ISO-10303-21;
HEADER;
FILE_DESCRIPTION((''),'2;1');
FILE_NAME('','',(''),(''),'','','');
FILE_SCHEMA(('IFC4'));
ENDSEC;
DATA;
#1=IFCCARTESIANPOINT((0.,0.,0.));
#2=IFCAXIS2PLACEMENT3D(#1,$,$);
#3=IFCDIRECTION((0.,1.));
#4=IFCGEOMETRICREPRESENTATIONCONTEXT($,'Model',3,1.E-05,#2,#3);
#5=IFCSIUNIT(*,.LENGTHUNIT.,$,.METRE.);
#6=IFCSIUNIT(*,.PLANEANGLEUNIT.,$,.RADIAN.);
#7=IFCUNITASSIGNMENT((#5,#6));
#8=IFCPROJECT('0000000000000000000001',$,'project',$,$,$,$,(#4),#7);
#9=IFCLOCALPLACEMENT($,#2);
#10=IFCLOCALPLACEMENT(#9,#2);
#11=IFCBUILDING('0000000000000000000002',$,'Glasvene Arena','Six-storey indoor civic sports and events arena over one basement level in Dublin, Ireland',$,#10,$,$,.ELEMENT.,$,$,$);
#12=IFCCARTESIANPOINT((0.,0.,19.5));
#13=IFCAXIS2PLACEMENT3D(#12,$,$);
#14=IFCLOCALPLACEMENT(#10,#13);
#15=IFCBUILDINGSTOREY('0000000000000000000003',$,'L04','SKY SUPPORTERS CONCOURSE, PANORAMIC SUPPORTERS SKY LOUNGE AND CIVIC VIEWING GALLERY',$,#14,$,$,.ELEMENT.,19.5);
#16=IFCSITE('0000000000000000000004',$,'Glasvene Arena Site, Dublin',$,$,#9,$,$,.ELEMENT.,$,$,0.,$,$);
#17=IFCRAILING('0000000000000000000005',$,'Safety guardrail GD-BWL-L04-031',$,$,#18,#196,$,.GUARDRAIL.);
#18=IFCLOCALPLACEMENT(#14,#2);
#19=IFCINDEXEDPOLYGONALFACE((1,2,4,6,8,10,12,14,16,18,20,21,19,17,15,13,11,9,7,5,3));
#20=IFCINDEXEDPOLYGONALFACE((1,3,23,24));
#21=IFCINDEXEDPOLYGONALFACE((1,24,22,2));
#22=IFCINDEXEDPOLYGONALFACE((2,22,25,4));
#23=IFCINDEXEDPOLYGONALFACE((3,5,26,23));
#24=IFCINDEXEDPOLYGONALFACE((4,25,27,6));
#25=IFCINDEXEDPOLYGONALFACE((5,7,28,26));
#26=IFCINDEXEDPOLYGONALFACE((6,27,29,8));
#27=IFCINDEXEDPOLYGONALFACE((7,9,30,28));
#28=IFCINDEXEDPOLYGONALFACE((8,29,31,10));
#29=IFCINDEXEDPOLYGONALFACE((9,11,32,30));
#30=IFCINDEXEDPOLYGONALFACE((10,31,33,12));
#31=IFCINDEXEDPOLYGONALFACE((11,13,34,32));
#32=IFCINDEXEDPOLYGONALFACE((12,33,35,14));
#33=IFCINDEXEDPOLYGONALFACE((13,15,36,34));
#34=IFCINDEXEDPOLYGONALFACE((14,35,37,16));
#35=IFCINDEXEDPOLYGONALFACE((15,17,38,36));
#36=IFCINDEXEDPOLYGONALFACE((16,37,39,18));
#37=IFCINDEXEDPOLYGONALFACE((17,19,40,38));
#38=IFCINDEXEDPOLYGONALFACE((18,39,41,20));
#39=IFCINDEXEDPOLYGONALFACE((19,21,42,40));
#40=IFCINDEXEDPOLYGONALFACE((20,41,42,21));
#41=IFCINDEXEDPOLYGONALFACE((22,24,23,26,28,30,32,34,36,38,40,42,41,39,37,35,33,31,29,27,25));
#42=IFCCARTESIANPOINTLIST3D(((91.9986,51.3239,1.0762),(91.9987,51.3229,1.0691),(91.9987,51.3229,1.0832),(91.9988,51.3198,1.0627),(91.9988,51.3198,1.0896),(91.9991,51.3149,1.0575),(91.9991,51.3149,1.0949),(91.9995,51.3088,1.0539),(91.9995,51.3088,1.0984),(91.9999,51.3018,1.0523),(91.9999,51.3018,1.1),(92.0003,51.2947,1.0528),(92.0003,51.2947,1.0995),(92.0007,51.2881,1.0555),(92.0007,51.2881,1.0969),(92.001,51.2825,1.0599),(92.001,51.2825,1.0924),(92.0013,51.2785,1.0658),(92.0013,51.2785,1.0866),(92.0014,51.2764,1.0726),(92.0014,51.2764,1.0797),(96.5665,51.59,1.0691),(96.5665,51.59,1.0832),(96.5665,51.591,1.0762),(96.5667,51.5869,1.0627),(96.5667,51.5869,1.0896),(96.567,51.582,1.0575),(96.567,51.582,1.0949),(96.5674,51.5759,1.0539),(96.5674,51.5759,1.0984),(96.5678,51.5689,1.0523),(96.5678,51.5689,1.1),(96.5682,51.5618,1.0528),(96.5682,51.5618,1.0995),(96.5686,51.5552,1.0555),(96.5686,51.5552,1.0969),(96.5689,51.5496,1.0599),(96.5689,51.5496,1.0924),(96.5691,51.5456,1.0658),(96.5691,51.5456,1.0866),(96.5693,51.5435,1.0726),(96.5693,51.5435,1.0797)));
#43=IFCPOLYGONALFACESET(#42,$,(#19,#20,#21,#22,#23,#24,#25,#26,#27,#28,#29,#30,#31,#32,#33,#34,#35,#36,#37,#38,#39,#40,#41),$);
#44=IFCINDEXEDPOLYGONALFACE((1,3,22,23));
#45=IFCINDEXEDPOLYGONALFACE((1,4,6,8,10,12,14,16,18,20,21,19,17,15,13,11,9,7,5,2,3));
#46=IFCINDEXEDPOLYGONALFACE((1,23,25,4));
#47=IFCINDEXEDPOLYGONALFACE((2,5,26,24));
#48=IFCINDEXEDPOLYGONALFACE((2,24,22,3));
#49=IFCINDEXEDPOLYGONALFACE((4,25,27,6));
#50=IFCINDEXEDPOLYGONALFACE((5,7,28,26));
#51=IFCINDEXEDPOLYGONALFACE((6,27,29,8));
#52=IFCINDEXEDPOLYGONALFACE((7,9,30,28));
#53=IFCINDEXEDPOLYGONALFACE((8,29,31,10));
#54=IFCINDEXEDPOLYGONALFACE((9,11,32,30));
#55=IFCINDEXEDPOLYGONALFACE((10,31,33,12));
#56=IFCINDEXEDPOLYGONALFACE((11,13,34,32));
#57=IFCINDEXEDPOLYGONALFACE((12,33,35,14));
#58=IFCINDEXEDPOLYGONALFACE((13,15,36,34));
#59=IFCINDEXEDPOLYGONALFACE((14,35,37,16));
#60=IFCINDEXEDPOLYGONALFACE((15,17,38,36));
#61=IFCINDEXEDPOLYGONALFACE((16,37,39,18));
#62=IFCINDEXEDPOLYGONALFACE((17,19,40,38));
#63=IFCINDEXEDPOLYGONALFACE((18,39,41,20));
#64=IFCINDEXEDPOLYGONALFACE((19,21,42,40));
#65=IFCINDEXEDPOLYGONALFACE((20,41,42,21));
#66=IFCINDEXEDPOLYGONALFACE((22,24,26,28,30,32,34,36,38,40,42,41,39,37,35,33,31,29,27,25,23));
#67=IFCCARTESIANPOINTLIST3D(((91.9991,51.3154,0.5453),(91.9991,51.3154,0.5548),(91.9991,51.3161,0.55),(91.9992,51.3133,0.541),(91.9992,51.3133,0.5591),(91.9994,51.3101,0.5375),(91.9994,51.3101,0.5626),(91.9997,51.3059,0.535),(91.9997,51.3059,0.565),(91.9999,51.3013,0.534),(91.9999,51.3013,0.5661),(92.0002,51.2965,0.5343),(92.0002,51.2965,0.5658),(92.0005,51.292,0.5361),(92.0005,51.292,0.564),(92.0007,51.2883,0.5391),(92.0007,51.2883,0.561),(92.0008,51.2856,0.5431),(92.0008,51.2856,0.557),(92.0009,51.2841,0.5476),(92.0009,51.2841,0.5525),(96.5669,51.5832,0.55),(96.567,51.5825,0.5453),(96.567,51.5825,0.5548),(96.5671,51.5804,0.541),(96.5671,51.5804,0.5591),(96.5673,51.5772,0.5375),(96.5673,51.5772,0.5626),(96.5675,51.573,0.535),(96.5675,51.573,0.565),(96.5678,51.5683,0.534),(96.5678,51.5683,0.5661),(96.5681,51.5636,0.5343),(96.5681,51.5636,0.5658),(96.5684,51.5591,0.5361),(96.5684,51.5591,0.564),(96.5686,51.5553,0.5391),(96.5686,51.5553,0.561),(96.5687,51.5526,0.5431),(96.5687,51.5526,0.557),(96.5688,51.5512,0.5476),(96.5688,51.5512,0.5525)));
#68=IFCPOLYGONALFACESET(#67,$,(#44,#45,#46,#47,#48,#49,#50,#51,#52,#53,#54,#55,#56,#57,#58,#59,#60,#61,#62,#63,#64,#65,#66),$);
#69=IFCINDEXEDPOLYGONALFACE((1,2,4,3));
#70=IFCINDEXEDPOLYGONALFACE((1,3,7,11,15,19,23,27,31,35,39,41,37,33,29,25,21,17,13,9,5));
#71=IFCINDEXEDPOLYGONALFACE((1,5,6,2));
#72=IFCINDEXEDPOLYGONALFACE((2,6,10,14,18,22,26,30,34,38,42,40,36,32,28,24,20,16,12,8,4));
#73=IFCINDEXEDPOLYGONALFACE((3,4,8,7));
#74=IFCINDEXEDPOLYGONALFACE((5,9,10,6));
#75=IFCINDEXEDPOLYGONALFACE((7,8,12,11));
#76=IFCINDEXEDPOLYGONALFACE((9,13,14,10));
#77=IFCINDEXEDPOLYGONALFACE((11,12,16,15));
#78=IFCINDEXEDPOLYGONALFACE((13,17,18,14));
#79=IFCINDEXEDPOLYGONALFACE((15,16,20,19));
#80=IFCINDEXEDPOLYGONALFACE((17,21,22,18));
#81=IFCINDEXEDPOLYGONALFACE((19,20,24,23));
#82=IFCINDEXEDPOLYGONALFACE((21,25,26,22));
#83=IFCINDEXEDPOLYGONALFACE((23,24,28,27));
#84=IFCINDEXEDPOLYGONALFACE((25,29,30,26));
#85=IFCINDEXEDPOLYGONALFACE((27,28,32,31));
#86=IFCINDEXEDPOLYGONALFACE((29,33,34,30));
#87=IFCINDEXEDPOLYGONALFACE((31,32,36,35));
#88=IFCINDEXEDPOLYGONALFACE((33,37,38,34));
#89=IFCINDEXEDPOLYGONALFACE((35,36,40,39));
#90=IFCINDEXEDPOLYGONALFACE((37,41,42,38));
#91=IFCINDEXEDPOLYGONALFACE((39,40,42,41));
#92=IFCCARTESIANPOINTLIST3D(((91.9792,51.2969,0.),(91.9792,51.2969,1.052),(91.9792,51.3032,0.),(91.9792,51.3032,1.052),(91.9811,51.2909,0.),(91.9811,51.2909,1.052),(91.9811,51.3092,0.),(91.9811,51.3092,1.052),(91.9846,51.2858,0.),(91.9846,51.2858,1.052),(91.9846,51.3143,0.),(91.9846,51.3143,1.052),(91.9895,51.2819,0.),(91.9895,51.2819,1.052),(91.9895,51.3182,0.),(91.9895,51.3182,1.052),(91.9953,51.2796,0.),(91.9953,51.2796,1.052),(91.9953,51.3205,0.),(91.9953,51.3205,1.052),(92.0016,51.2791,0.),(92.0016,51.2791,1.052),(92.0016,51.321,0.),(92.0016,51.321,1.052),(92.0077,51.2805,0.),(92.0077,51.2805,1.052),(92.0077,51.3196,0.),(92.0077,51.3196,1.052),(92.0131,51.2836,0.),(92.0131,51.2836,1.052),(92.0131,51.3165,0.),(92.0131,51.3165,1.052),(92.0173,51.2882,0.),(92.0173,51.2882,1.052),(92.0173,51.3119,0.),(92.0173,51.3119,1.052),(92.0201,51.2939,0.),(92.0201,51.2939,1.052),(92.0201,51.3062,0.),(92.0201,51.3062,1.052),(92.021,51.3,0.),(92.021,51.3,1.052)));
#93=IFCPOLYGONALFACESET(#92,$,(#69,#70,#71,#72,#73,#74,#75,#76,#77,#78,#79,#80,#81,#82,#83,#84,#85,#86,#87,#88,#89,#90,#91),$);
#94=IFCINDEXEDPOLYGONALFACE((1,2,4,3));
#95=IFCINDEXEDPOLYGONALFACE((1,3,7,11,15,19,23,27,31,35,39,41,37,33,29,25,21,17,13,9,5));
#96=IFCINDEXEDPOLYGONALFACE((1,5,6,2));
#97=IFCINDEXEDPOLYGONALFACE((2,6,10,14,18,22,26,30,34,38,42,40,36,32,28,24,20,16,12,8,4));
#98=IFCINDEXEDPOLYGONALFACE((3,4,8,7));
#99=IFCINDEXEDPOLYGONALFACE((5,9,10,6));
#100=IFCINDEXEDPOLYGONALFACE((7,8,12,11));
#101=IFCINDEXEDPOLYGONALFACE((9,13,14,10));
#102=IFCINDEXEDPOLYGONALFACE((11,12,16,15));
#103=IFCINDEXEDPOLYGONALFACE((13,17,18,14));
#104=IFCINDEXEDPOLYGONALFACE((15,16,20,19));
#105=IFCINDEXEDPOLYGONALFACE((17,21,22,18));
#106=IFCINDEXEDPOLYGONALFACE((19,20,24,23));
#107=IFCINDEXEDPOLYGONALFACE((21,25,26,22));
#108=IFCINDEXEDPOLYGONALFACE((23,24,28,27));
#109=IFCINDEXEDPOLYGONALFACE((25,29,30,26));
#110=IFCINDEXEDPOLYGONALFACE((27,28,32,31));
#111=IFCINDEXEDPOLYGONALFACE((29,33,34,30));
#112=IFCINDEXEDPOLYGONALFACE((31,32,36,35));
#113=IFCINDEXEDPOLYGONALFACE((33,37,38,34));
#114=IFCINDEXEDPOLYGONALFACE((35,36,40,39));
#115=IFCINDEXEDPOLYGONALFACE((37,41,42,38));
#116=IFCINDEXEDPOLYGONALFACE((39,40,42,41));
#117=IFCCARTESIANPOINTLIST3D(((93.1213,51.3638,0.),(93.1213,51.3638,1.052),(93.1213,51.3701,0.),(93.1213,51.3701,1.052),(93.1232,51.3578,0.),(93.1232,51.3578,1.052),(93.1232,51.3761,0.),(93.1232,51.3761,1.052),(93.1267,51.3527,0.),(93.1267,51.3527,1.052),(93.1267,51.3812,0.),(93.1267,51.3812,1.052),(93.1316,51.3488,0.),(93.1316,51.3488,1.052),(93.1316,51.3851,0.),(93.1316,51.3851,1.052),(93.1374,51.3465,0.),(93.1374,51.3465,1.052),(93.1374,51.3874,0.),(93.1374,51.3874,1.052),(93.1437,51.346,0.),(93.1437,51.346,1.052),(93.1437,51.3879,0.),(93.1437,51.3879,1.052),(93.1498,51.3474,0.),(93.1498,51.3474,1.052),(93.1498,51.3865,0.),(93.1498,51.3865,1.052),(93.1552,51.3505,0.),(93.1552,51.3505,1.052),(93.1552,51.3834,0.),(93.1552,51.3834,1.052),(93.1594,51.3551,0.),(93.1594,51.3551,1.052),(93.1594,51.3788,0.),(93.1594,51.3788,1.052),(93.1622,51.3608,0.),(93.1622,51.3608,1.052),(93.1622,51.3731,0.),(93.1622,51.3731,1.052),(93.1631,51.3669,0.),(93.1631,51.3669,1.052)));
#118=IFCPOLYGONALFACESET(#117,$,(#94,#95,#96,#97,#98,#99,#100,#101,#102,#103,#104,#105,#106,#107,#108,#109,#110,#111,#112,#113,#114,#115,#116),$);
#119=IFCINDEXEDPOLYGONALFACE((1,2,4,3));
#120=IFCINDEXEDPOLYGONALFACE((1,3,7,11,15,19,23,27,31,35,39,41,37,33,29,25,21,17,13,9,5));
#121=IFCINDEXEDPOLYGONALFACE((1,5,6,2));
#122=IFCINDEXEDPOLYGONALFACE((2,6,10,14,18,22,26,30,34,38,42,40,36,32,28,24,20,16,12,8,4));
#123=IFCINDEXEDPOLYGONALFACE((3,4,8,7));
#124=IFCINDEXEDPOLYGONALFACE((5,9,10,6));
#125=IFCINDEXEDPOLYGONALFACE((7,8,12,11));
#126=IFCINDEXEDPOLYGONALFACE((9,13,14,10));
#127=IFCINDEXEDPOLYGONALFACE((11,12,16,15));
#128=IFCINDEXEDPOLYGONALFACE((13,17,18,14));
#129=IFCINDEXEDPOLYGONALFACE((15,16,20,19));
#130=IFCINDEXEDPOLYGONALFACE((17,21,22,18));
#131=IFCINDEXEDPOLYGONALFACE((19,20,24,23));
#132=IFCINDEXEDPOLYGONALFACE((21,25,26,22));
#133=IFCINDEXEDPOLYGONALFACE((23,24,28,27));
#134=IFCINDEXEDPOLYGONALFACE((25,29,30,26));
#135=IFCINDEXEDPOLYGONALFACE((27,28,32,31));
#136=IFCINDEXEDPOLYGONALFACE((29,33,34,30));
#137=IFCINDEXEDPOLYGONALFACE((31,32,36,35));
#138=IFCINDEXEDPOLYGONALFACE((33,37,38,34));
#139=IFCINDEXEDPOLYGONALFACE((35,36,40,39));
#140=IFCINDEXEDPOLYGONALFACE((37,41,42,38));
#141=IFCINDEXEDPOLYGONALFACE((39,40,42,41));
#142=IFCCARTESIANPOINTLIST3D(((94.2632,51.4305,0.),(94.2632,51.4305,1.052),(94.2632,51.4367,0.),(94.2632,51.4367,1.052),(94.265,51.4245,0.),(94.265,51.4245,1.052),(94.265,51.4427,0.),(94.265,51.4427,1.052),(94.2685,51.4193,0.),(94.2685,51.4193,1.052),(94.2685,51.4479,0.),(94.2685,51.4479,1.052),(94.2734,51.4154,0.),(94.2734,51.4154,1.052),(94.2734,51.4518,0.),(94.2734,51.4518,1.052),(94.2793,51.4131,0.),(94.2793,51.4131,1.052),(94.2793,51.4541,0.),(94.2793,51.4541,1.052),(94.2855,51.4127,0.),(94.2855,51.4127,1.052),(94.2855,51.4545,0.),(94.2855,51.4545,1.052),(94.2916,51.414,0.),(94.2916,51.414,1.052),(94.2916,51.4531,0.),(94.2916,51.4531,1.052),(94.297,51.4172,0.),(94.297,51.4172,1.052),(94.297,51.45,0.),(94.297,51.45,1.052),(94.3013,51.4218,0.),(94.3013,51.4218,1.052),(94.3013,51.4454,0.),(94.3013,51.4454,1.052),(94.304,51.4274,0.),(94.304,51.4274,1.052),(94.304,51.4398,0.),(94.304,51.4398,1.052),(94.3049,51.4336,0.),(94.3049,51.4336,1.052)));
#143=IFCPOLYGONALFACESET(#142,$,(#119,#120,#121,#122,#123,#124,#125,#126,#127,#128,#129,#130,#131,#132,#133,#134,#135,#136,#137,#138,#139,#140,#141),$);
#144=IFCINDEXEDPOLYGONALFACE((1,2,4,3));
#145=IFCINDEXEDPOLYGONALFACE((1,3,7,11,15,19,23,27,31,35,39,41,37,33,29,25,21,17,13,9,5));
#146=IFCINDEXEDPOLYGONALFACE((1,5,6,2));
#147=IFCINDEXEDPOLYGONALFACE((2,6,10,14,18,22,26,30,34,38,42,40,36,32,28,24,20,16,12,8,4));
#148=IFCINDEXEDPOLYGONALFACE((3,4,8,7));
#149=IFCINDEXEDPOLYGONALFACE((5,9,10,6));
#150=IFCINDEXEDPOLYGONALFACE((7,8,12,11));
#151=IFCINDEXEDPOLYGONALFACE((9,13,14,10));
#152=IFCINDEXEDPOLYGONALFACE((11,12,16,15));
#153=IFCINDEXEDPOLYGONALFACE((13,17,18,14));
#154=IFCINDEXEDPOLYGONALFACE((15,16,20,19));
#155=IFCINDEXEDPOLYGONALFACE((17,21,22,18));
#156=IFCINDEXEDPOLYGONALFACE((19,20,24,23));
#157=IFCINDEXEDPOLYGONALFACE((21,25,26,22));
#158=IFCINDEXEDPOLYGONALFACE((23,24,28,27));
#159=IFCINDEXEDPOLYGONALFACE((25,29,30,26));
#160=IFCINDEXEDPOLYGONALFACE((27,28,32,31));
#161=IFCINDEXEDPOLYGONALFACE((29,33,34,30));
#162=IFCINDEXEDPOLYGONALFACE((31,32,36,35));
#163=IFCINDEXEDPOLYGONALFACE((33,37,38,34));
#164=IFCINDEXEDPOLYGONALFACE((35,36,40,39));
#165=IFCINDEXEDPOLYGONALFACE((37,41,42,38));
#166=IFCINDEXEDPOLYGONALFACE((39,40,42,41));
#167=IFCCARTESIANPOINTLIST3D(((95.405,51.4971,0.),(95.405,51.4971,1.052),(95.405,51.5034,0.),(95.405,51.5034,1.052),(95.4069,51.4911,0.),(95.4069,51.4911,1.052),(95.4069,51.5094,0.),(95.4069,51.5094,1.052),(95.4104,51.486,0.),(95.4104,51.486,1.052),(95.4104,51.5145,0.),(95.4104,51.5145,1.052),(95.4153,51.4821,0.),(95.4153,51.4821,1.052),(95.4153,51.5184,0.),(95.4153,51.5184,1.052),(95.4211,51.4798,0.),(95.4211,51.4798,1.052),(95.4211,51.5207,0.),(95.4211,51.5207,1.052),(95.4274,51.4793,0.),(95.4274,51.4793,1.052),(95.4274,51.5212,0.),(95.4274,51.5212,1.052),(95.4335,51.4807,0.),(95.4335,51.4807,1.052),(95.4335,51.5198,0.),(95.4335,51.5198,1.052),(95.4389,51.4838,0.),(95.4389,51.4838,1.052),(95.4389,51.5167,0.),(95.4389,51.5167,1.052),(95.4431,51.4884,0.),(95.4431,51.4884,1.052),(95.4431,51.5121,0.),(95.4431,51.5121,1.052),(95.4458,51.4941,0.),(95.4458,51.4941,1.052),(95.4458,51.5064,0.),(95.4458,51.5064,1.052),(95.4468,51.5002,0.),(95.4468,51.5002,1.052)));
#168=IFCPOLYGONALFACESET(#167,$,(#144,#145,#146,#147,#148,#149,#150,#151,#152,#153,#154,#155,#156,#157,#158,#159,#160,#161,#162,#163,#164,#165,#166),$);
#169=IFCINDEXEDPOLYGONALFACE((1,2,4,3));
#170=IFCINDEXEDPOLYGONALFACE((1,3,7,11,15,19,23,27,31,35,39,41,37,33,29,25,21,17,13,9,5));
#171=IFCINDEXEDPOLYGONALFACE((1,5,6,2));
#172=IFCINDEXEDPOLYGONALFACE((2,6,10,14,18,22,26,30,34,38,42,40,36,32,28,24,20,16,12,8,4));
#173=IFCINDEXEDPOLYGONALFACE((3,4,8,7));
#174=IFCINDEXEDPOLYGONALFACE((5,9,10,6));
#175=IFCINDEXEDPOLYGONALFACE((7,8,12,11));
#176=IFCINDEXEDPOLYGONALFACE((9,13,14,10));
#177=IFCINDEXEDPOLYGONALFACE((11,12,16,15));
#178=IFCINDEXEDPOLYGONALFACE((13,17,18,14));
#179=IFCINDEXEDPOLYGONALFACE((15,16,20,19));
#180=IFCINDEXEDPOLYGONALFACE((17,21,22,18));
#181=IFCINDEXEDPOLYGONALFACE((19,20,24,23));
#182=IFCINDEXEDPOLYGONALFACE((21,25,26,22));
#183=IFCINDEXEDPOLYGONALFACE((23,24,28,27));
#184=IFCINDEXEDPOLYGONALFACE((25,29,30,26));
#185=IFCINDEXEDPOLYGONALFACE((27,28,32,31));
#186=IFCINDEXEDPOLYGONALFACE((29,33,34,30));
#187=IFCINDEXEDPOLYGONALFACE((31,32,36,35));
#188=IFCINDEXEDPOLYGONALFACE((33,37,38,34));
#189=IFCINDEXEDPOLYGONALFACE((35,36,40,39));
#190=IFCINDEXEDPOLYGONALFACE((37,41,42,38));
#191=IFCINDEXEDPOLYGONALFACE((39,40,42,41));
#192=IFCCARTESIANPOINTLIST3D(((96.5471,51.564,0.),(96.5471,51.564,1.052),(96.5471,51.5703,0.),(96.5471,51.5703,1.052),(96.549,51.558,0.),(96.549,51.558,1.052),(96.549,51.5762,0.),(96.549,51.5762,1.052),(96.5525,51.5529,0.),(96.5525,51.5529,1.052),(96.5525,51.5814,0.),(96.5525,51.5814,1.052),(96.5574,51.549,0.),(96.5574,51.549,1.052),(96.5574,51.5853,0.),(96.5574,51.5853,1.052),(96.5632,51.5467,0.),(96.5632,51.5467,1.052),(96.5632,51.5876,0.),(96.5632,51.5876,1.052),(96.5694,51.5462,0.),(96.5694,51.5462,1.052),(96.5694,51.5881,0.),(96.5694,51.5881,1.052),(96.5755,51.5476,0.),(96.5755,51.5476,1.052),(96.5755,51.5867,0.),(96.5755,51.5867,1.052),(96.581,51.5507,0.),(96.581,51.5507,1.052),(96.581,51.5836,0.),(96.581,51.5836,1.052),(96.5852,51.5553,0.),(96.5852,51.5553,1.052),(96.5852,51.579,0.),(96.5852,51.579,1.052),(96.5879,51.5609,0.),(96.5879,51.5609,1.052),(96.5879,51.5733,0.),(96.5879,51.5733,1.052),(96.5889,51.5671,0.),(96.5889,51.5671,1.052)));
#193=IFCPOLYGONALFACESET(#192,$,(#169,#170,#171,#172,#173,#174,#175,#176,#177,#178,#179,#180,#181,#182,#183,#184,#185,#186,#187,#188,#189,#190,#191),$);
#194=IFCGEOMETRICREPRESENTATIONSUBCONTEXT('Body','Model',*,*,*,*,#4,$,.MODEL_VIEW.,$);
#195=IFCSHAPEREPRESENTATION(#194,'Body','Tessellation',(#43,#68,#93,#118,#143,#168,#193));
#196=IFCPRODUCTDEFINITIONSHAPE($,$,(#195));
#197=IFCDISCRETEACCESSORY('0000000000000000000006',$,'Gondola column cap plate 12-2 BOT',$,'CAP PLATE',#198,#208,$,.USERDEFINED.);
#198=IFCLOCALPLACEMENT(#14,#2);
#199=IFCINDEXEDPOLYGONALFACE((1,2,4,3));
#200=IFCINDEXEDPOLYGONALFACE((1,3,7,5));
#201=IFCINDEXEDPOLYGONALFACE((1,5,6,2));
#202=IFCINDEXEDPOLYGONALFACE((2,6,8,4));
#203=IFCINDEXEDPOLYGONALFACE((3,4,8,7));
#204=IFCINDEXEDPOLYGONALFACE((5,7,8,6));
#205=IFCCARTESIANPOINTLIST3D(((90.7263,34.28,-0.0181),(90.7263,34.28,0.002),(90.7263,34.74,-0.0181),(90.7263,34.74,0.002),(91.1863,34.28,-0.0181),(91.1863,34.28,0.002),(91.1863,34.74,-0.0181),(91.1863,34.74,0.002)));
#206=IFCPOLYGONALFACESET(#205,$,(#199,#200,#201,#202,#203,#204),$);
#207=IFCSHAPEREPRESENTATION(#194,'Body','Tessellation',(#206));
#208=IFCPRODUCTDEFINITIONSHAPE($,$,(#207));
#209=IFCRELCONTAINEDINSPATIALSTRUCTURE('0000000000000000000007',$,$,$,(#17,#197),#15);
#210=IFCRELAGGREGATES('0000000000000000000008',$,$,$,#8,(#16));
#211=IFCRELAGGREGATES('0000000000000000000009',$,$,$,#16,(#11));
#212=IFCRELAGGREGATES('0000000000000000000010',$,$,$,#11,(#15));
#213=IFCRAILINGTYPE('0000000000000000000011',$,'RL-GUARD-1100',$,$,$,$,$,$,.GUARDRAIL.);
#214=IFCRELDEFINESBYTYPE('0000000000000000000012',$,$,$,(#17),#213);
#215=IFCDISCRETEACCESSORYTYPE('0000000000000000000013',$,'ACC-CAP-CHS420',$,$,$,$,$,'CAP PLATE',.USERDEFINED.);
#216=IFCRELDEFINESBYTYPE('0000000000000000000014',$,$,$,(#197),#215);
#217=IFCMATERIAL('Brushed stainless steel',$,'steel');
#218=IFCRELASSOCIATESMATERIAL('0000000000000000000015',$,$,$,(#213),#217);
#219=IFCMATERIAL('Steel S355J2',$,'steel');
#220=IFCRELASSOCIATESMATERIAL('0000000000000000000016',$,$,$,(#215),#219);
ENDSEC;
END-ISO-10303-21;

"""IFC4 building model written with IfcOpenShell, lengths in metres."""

from ifc_helpers import new_model, si_unit, direction, frame, origin, origin_2d, place, context, subcontext, project, spatial, rectangle, circle, extrude, material, type_object, element, save


model = new_model("IFC4")

# Units and contexts
model_context = context("Model", 3, precision=1e-05, world=origin(), true_north=direction((0.0, 1.0)))
body_context = subcontext(model_context, "Body", "Model", "MODEL_VIEW")
ifc_project = project(units=[si_unit("LENGTHUNIT", "METRE"), si_unit("PLANEANGLEUNIT", "RADIAN")], contexts=[model_context])

# Site, building, storey
site_placement = place(None, origin())
site = spatial("IfcSite", under=ifc_project, at=site_placement, Name="Glasvene Arena Site, Dublin", CompositionType="ELEMENT", RefElevation=0.0)
building_placement = place(site_placement, origin())
building = spatial("IfcBuilding", under=site, at=building_placement, Name="Glasvene Arena", Description="Six-storey indoor civic sports and events arena over one basement level in Dublin, Ireland", CompositionType="ELEMENT")
storey_placement = place(building_placement, frame((0.0, 0.0, 19.5)))
storey = spatial("IfcBuildingStorey", under=building, at=storey_placement, Name="L04", Description="SKY SUPPORTERS CONCOURSE, PANORAMIC SUPPORTERS SKY LOUNGE AND CIVIC VIEWING GALLERY", CompositionType="ELEMENT", Elevation=19.5)

# Shared definitions
ifc_material_1 = material(Name="Steel S355J2", Category="steel")

# Railing
ifc_material_2 = material(Name="Brushed stainless steel", Category="steel")
railing_type = type_object("IfcRailingType", Name="RL-GUARD-1100", PredefinedType="GUARDRAIL", material=ifc_material_2)
railing_1_placement = place(storey_placement, frame((92.0, 51.3, 0.0)))
element("IfcRailing", 1, at=railing_1_placement, inside=storey, type_object=railing_type, Name="Safety guardrail GD-BWL-L04-031", PredefinedType="GUARDRAIL", context=body_context, shape_type="SweptSolid", body=[
    extrude(circle(Radius=0.0239, at=origin_2d()), frame((0.0, 0.0, 1.0762), z_axis=(0.998295, 0.058372, 0.0), x_axis=(-0.058372, 0.998295, 0.0)), (0.0, 0.0, 1.0), 4.5757),
    extrude(circle(Radius=0.0161, at=origin_2d()), frame((0.0, 0.0, 0.55), z_axis=(0.998295, 0.058372, 0.0), x_axis=(-0.058372, 0.998295, 0.0)), (0.0, 0.0, 1.0), 4.5757),
    extrude(circle(Radius=0.021, at=origin_2d()), origin(), (0.0, 0.0, 1.0), 1.052),
    extrude(circle(Radius=0.021, at=origin_2d()), frame((1.1421, 0.0669, 0.0)), (0.0, 0.0, 1.0), 1.052),
    extrude(circle(Radius=0.021, at=origin_2d()), frame((2.2839, 0.1335, 0.0)), (0.0, 0.0, 1.0), 1.052),
    extrude(circle(Radius=0.021, at=origin_2d()), frame((3.4258, 0.2002, 0.0)), (0.0, 0.0, 1.0), 1.052),
    extrude(circle(Radius=0.021, at=origin_2d()), frame((4.5679, 0.2671, 0.0)), (0.0, 0.0, 1.0), 1.052),
])

# Discrete accessory
discrete_accessory_type = type_object("IfcDiscreteAccessoryType", Name="ACC-CAP-CHS420", ElementType="CAP PLATE", PredefinedType="USERDEFINED", material=ifc_material_1)
for number, where, z_axis, x_axis, name in (
    (2, (90.9563, 34.51, -0.0181), (0.0, 0.0, 1.0), (1.0, 0.0, 0.0), "Gondola column cap plate 12-2 BOT"),
):
    element("IfcDiscreteAccessory", number, at=place(storey_placement, frame(where, z_axis=z_axis, x_axis=x_axis)), inside=storey, type_object=discrete_accessory_type, Name=name, ObjectType="CAP PLATE", PredefinedType="USERDEFINED", context=body_context, shape_type="SweptSolid", body=[
        extrude(rectangle(XDim=0.46, YDim=0.46, at=origin_2d()), origin(), (0.0, 0.0, 1.0), 0.02),
    ])

save(model, "model.ifc")
